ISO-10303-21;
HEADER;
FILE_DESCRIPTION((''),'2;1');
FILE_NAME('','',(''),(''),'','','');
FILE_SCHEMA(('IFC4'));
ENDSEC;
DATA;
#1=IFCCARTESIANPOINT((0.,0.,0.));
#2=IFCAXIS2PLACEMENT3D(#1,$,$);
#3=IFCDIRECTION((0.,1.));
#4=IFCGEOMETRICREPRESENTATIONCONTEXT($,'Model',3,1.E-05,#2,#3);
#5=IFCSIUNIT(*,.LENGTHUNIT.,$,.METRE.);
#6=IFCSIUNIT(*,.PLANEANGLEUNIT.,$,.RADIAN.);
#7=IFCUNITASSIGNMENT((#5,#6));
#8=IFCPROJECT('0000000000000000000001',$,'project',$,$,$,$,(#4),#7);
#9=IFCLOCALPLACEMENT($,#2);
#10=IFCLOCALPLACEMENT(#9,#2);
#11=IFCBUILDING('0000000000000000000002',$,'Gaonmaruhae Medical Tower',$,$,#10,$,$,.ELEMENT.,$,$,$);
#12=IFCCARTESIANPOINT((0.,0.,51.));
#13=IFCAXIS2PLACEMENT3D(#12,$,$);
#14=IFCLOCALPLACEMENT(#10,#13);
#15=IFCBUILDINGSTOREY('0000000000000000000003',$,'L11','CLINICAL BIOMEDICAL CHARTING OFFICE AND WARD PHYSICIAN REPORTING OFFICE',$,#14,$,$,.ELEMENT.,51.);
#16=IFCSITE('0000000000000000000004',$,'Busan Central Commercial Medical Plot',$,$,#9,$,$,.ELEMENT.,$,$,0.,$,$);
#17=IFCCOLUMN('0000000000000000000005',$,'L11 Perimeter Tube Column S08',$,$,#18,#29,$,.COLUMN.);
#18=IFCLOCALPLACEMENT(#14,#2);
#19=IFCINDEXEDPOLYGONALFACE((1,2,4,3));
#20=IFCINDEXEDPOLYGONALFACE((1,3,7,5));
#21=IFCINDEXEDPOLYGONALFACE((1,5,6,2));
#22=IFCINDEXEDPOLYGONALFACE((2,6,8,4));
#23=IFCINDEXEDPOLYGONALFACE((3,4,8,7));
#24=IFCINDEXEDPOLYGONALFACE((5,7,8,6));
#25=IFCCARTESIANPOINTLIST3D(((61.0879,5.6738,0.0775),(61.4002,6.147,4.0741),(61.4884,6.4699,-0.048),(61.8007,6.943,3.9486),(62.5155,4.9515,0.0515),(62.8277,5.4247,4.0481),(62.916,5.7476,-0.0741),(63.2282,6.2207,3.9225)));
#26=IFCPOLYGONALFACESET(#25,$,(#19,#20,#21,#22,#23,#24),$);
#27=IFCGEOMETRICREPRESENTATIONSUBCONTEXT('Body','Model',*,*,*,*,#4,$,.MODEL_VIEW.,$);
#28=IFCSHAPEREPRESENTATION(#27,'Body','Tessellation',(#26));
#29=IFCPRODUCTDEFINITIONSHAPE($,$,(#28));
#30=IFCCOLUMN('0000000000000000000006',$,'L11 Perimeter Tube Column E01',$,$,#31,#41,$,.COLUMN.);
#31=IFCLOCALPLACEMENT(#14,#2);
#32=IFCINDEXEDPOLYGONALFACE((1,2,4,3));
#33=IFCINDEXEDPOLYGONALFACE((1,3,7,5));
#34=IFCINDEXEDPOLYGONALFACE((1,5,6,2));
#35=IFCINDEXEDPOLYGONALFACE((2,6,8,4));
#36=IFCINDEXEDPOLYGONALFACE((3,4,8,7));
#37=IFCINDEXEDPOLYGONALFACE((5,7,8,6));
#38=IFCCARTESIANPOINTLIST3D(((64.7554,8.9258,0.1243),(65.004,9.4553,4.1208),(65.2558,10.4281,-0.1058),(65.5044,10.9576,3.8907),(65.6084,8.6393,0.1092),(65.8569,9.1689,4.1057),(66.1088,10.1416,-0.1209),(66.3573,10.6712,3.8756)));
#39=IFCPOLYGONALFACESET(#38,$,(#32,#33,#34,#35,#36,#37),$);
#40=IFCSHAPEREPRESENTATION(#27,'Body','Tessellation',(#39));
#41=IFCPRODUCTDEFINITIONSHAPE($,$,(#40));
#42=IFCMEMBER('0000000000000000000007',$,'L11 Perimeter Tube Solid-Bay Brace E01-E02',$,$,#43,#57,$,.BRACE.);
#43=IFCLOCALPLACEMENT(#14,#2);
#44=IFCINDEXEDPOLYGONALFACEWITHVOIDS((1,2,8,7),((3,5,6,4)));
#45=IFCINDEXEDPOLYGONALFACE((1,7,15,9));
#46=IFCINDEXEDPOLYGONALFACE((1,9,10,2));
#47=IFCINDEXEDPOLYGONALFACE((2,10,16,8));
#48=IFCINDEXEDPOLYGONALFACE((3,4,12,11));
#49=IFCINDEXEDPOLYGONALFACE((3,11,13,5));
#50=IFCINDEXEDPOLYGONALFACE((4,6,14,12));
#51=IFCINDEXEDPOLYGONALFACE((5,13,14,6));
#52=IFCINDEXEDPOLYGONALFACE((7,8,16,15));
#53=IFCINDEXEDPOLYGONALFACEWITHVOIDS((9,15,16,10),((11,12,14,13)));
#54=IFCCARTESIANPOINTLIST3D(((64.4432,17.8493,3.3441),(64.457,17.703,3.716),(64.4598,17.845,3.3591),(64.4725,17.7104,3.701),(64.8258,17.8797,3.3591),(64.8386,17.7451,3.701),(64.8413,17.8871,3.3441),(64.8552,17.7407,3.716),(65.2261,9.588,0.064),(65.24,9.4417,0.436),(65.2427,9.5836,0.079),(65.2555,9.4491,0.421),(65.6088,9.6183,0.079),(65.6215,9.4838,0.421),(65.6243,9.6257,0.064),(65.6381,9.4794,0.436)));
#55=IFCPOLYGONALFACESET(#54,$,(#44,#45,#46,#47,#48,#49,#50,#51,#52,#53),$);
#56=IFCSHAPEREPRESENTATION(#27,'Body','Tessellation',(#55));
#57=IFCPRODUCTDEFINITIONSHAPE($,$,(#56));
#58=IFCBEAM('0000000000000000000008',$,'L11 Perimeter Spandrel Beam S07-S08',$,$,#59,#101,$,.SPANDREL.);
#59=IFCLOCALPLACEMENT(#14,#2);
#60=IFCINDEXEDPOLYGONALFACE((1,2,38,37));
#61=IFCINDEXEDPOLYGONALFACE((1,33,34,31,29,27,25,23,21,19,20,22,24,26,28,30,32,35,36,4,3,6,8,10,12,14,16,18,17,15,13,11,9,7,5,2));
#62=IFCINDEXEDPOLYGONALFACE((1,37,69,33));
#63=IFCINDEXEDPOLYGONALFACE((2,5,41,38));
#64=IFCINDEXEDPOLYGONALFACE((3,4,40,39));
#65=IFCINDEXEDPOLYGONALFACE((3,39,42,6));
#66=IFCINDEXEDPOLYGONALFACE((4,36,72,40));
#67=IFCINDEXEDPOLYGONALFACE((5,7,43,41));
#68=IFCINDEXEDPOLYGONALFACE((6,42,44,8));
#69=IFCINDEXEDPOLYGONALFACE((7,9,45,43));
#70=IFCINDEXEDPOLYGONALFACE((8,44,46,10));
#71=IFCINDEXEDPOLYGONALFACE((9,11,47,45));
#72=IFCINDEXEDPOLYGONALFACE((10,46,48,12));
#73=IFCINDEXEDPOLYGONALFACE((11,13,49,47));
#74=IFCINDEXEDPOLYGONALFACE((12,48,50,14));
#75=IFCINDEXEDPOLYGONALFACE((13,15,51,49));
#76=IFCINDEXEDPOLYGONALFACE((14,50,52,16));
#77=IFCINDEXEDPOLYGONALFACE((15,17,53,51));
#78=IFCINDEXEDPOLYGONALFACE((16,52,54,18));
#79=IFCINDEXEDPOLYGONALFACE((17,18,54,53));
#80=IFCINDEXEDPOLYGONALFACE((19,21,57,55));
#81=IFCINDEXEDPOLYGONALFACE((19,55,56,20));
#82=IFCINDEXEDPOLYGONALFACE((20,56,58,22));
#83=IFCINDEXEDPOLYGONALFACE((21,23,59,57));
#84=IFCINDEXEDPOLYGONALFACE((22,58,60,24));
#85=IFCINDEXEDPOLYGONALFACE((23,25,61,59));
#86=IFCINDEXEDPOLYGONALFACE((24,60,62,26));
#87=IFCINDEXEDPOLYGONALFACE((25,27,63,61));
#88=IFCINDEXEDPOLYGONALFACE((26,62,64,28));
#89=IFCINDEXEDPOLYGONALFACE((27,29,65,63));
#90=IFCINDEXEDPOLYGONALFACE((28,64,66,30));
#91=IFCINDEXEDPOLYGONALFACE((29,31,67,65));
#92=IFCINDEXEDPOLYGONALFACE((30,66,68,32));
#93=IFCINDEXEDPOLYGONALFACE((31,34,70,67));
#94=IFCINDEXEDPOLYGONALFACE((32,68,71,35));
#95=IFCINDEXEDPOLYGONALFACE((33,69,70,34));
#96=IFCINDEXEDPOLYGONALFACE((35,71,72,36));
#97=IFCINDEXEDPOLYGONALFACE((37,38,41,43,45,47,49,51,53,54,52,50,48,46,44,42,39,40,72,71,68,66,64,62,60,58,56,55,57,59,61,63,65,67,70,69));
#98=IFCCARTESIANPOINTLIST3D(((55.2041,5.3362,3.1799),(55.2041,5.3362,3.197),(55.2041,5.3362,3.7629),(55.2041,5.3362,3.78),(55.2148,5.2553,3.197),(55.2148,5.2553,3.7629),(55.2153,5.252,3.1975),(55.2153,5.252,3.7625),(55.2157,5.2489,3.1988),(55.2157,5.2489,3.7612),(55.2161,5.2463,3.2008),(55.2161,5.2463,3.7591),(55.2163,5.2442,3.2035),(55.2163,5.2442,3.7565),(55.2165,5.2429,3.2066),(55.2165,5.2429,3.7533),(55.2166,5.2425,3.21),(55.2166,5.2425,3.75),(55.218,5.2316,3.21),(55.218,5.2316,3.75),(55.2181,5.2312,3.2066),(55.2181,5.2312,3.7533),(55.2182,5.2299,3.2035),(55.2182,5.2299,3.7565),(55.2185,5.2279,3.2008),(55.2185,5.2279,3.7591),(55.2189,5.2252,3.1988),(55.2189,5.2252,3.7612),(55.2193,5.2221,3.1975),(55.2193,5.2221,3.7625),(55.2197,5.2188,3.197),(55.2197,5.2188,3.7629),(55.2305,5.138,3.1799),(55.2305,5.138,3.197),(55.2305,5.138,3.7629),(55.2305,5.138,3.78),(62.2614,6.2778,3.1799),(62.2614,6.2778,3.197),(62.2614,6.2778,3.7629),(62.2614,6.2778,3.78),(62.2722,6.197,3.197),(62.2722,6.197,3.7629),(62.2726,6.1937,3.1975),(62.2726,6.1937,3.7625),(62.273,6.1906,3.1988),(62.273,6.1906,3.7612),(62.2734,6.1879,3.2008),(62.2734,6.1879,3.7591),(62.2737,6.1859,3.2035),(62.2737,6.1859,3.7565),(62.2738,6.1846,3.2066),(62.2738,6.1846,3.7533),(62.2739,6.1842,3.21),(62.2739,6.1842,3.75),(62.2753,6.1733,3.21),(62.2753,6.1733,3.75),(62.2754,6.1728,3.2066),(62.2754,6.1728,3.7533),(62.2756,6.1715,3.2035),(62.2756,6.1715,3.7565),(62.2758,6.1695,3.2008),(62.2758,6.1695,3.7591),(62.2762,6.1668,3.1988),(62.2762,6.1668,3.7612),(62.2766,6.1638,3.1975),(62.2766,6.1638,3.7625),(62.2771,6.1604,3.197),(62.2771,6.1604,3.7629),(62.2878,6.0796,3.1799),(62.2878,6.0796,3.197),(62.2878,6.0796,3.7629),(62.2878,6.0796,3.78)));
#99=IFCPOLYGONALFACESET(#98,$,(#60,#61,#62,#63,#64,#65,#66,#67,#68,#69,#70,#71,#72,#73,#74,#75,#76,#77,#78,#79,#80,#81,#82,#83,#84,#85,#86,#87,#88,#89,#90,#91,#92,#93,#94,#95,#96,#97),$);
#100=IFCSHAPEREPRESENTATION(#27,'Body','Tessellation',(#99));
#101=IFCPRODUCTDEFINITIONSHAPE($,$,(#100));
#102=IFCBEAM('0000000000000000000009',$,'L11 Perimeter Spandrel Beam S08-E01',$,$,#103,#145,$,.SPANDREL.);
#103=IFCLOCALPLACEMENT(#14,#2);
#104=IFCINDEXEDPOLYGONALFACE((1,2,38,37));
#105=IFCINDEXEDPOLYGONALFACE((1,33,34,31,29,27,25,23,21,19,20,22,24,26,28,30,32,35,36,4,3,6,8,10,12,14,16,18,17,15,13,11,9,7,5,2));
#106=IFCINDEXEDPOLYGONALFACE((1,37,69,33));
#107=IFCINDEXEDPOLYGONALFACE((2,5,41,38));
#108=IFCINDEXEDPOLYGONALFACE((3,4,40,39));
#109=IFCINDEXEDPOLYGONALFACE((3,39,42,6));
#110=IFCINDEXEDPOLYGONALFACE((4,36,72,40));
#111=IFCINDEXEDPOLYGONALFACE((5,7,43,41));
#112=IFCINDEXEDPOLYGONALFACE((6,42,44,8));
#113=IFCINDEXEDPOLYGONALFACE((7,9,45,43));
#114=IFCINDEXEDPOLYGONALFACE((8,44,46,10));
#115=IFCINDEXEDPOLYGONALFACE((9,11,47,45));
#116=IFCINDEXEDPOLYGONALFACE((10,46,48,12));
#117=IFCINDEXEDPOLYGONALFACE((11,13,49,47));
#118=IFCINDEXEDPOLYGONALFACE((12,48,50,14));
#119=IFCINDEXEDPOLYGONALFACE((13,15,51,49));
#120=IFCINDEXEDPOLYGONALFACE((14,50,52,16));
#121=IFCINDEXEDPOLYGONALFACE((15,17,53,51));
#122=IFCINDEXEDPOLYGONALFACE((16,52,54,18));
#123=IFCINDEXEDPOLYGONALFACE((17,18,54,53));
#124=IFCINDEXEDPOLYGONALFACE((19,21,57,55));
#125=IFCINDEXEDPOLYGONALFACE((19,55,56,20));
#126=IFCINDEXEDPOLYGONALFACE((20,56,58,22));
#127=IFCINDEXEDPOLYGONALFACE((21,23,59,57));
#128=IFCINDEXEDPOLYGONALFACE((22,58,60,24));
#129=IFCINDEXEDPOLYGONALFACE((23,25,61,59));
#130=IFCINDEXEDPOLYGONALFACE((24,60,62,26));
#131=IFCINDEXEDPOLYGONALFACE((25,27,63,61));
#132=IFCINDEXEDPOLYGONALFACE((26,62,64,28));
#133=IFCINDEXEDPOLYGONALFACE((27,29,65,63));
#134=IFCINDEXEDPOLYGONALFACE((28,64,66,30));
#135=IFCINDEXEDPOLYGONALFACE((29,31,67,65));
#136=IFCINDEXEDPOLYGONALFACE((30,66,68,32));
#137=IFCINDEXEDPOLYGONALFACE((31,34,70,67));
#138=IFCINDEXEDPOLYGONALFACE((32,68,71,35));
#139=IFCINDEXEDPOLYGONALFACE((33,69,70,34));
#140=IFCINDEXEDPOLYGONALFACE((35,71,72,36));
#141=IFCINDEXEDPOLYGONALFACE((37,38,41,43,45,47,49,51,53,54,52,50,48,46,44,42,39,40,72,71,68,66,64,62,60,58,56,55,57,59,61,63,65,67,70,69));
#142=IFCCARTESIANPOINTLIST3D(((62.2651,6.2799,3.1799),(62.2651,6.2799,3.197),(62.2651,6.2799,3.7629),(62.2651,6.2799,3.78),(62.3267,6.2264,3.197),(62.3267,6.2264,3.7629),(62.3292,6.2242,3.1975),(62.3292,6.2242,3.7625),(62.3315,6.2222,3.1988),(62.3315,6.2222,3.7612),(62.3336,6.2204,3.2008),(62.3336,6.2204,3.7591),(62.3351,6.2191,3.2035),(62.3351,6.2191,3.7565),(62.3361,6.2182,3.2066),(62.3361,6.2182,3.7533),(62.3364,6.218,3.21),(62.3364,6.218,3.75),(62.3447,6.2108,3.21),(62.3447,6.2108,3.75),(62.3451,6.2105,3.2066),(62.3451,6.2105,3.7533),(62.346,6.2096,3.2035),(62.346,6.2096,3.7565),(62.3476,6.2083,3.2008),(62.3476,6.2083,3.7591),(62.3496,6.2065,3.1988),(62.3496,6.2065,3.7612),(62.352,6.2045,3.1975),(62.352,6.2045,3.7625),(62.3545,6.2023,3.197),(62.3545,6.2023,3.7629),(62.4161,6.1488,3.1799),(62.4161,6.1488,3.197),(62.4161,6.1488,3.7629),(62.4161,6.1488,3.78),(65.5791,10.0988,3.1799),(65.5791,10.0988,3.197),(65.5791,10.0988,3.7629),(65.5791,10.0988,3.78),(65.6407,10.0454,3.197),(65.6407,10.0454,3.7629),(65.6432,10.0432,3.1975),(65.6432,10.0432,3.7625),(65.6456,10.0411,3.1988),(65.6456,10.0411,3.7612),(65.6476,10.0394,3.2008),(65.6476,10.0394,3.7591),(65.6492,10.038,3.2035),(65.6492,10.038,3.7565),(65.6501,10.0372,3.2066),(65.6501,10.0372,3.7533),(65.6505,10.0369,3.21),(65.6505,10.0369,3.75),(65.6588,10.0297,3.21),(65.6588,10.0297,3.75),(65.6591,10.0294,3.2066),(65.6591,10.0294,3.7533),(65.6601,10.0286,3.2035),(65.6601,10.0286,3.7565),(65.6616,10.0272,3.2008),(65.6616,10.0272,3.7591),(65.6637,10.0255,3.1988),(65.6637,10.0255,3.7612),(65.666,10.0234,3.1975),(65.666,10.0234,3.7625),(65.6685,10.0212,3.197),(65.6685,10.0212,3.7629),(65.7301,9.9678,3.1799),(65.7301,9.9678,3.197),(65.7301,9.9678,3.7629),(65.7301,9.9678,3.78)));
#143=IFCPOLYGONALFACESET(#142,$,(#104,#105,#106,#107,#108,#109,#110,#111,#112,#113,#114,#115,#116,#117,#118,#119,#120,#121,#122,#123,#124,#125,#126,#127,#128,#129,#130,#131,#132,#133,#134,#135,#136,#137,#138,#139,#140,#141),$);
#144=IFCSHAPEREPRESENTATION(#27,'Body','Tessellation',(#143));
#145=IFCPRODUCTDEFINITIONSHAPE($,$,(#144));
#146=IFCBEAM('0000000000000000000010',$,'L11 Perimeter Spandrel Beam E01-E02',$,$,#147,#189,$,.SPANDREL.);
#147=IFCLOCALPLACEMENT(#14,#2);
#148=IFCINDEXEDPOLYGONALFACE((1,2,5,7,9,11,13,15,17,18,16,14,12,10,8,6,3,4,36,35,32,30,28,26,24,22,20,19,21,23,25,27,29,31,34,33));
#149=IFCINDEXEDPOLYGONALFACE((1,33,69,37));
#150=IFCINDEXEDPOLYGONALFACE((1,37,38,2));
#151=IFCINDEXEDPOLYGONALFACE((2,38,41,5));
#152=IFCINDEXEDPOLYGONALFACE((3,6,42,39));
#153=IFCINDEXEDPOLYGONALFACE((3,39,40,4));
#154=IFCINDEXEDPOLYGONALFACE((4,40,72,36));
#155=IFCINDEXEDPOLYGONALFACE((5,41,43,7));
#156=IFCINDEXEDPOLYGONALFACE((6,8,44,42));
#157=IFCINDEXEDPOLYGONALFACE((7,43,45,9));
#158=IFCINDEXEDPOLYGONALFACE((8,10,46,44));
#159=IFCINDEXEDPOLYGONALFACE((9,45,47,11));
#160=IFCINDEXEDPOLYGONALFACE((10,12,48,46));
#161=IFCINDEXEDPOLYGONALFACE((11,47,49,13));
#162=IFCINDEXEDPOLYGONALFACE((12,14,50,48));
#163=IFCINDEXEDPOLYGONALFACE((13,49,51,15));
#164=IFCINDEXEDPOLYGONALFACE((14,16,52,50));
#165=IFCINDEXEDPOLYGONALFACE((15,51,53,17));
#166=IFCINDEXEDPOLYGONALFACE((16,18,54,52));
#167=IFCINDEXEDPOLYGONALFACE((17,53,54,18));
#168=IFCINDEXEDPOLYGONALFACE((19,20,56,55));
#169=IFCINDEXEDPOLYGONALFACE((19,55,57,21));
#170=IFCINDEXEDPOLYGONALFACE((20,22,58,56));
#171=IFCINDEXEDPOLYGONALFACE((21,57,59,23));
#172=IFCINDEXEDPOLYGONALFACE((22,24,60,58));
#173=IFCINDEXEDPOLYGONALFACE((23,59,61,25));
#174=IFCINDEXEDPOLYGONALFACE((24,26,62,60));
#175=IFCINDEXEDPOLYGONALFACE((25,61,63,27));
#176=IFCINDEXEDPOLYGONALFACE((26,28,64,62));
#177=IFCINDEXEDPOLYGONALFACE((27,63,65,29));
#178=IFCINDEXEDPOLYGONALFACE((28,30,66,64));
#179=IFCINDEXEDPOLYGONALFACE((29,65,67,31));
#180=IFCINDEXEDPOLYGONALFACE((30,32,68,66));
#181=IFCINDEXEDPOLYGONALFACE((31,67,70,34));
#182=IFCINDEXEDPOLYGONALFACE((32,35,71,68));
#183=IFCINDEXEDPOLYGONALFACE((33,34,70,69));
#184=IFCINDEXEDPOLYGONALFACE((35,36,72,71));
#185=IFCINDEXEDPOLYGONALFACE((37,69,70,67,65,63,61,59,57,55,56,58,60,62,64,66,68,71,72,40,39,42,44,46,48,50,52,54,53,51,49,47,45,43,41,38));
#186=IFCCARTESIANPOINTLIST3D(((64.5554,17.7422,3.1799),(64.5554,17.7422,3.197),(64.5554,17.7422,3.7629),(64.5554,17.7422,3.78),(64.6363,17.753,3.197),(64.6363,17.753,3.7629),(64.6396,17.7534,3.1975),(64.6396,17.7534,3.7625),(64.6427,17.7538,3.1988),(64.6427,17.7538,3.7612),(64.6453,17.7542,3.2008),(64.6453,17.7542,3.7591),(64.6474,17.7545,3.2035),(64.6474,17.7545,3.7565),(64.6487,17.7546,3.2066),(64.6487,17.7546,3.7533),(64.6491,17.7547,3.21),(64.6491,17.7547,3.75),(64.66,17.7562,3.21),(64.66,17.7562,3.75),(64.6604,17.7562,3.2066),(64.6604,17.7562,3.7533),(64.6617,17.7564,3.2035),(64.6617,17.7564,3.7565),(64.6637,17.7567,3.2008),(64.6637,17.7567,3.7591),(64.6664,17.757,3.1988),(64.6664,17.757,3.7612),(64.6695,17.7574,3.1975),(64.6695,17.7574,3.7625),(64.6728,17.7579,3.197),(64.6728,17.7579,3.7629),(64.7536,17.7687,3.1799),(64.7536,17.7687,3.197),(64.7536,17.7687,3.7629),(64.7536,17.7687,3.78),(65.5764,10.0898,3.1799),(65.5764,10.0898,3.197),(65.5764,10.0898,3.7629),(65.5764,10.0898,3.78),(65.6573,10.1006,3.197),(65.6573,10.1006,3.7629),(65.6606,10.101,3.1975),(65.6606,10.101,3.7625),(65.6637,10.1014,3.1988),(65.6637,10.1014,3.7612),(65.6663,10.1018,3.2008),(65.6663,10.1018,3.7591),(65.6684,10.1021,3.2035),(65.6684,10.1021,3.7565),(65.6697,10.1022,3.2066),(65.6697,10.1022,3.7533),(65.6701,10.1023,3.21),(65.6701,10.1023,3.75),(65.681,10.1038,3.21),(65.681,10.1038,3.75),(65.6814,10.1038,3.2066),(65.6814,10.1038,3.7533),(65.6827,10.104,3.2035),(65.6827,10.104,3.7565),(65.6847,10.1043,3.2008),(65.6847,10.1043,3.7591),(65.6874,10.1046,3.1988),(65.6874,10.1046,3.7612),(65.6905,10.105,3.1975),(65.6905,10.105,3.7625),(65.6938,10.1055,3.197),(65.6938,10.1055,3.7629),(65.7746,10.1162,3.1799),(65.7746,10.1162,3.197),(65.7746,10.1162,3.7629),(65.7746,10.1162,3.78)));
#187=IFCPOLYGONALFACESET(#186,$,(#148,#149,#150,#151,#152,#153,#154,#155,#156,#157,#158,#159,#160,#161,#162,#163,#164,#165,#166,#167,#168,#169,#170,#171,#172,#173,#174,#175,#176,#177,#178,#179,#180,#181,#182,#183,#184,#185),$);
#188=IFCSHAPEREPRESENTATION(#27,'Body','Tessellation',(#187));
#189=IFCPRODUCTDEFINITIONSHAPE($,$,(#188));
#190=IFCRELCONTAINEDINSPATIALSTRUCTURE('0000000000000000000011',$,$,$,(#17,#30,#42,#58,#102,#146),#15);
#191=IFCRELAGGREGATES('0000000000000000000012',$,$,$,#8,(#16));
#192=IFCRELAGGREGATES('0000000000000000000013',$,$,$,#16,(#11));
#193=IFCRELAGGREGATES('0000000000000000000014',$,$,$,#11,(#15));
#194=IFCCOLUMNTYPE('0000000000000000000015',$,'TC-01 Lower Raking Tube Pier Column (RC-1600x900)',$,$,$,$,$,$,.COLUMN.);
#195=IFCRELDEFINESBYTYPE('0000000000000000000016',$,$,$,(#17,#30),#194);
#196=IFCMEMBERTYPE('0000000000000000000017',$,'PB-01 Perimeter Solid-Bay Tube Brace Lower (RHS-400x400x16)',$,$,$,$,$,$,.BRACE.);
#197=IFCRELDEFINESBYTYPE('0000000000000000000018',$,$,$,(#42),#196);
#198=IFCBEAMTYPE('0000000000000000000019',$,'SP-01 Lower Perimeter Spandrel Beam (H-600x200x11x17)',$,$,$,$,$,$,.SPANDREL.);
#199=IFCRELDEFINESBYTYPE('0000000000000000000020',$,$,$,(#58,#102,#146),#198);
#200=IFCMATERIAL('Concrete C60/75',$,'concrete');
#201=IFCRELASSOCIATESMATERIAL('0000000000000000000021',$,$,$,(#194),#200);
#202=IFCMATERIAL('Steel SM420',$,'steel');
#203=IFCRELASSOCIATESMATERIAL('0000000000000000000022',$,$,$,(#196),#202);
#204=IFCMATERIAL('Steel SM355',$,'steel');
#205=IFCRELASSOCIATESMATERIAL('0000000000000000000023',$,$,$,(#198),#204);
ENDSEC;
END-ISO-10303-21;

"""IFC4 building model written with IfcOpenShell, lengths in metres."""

from ifc_helpers import new_model, si_unit, direction, frame, origin, origin_2d, place, context, subcontext, project, spatial, rectangle, hollow_rectangle, i_section, extrude, material, material_profile, profile_set, type_object, element, save


model = new_model("IFC4")

# Units and contexts
model_context = context("Model", 3, precision=1e-05, world=origin(), true_north=direction((0.0, 1.0)))
body_context = subcontext(model_context, "Body", "Model", "MODEL_VIEW")
ifc_project = project(units=[si_unit("LENGTHUNIT", "METRE"), si_unit("PLANEANGLEUNIT", "RADIAN")], contexts=[model_context])

# Site, building, storey
site_placement = place(None, origin())
site = spatial("IfcSite", under=ifc_project, at=site_placement, Name="Busan Central Commercial Medical Plot", CompositionType="ELEMENT", RefElevation=0.0)
building_placement = place(site_placement, origin())
building = spatial("IfcBuilding", under=site, at=building_placement, Name="Gaonmaruhae Medical Tower", CompositionType="ELEMENT")
storey_placement = place(building_placement, frame((0.0, 0.0, 51.0)))
storey = spatial("IfcBuildingStorey", under=building, at=storey_placement, Name="L11", Description="CLINICAL BIOMEDICAL CHARTING OFFICE AND WARD PHYSICIAN REPORTING OFFICE", CompositionType="ELEMENT", Elevation=51.0)

# Columns
ifc_material_1 = material(Name="Concrete C60/75", Category="concrete")
ifc_material_profile_1 = material_profile(ifc_material_1, rectangle(XDim=1.6001, YDim=0.8999, at=origin_2d()), Name="RC-1600x900")
ifc_profile_set_1 = profile_set([ifc_material_profile_1], Name="Concrete C60/75")
column_type = type_object("IfcColumnType", Name="TC-01 Lower Raking Tube Pier Column (RC-1600x900)", PredefinedType="COLUMN", material=ifc_profile_set_1)
column_1_placement = place(storey_placement, frame((62.002, 5.7107, 0.0017), z_axis=(0.077356, 0.117214, 0.990089), x_axis=(-0.892165, 0.451417, 0.016263)))
element("IfcColumn", 1, at=column_1_placement, inside=storey, type_object=column_type, Name="L11 Perimeter Tube Column S08", PredefinedType="COLUMN", context=body_context, shape_type="SweptSolid", body=[
    extrude(rectangle(XDim=1.6001, YDim=0.8999, at=origin_2d()), origin(), (0.0, 0.0, 1.0), 4.0366),
])
column_2_placement = place(storey_placement, frame((65.4321, 9.5337, 0.0017), z_axis=(0.061531, 0.131102, 0.989458), x_axis=(-0.312733, -0.938885, 0.143849)))
element("IfcColumn", 2, at=column_2_placement, inside=storey, type_object=column_type, Name="L11 Perimeter Tube Column E01", PredefinedType="COLUMN", context=body_context, shape_type="SweptSolid", body=[
    extrude(rectangle(XDim=1.6001, YDim=0.8999, at=origin_2d()), origin(), (0.0, 0.0, 1.0), 4.0391),
])

# Member
ifc_material_2 = material(Name="Steel SM420", Category="steel")
ifc_material_profile_2 = material_profile(ifc_material_2, hollow_rectangle(XDim=0.3999, YDim=0.3999, WallThickness=0.0161, at=origin_2d()), Name="RHS-400x400x16")
ifc_profile_set_2 = profile_set([ifc_material_profile_2], Name="Steel SM420")
member_type = type_object("IfcMemberType", Name="PB-01 Perimeter Solid-Bay Tube Brace Lower (RHS-400x400x16)", PredefinedType="BRACE", material=ifc_profile_set_2)
member_placement = place(storey_placement, frame((65.4321, 9.5337, 0.25), z_axis=(-0.087746, 0.925838, 0.367594), x_axis=(-0.995539, -0.094352, 0.0)))
element("IfcMember", 3, at=member_placement, inside=storey, type_object=member_type, Name="L11 Perimeter Tube Solid-Bay Brace E01-E02", PredefinedType="BRACE", context=body_context, shape_type="SweptSolid", body=[
    extrude(hollow_rectangle(XDim=0.3999, YDim=0.3999, WallThickness=0.0161, at=origin_2d()), origin(), (0.0, 0.0, 1.0), 8.9231),
])

# Beams
ifc_material_3 = material(Name="Steel SM355", Category="steel")
ifc_material_profile_3 = material_profile(ifc_material_3, i_section(OverallWidth=0.2, OverallDepth=0.6001, WebThickness=0.011, FlangeThickness=0.0171, FilletRadius=0.0129, at=origin_2d()), Name="H-600x200x11x17")
ifc_profile_set_3 = profile_set([ifc_material_profile_3], Name="Steel SM355")
beam_type = type_object("IfcBeamType", Name="SP-01 Lower Perimeter Spandrel Beam (H-600x200x11x17)", PredefinedType="SPANDREL", material=ifc_profile_set_3)
beam_1_placement = place(storey_placement, frame((55.2173, 5.2371, 3.48), z_axis=(0.991216, 0.132256, 0.0), x_axis=(-0.132256, 0.991216, 0.0)))
element("IfcBeam", 4, at=beam_1_placement, inside=storey, type_object=beam_type, Name="L11 Perimeter Spandrel Beam S07-S08", PredefinedType="SPANDREL", context=body_context, shape_type="SweptSolid", body=[
    extrude(i_section(OverallWidth=0.2, OverallDepth=0.6001, WebThickness=0.011, FlangeThickness=0.0171, FilletRadius=0.0129, at=origin_2d()), origin(), (0.0, 0.0, 1.0), 7.1199),
])
beam_2_placement = place(storey_placement, frame((62.3406, 6.2144, 3.48), z_axis=(0.655416, 0.755268, 0.0), x_axis=(-0.755268, 0.655416, 0.0)))
element("IfcBeam", 5, at=beam_2_placement, inside=storey, type_object=beam_type, Name="L11 Perimeter Spandrel Beam S08-E01", PredefinedType="SPANDREL", context=body_context, shape_type="SweptSolid", body=[
    extrude(i_section(OverallWidth=0.2, OverallDepth=0.6001, WebThickness=0.011, FlangeThickness=0.0171, FilletRadius=0.0129, at=origin_2d()), origin(), (0.0, 0.0, 1.0), 5.0564),
])
beam_3_placement = place(storey_placement, frame((65.6755, 10.103, 3.48), z_axis=(-0.132251, 0.991216, 0.0), x_axis=(-0.991216, -0.132251, 0.0)))
element("IfcBeam", 6, at=beam_3_placement, inside=storey, type_object=beam_type, Name="L11 Perimeter Spandrel Beam E01-E02", PredefinedType="SPANDREL", context=body_context, shape_type="SweptSolid", body=[
    extrude(i_section(OverallWidth=0.2, OverallDepth=0.6001, WebThickness=0.011, FlangeThickness=0.0171, FilletRadius=0.0129, at=origin_2d()), origin(), (0.0, 0.0, 1.0), 7.7202),
])

save(model, "model.ifc")
